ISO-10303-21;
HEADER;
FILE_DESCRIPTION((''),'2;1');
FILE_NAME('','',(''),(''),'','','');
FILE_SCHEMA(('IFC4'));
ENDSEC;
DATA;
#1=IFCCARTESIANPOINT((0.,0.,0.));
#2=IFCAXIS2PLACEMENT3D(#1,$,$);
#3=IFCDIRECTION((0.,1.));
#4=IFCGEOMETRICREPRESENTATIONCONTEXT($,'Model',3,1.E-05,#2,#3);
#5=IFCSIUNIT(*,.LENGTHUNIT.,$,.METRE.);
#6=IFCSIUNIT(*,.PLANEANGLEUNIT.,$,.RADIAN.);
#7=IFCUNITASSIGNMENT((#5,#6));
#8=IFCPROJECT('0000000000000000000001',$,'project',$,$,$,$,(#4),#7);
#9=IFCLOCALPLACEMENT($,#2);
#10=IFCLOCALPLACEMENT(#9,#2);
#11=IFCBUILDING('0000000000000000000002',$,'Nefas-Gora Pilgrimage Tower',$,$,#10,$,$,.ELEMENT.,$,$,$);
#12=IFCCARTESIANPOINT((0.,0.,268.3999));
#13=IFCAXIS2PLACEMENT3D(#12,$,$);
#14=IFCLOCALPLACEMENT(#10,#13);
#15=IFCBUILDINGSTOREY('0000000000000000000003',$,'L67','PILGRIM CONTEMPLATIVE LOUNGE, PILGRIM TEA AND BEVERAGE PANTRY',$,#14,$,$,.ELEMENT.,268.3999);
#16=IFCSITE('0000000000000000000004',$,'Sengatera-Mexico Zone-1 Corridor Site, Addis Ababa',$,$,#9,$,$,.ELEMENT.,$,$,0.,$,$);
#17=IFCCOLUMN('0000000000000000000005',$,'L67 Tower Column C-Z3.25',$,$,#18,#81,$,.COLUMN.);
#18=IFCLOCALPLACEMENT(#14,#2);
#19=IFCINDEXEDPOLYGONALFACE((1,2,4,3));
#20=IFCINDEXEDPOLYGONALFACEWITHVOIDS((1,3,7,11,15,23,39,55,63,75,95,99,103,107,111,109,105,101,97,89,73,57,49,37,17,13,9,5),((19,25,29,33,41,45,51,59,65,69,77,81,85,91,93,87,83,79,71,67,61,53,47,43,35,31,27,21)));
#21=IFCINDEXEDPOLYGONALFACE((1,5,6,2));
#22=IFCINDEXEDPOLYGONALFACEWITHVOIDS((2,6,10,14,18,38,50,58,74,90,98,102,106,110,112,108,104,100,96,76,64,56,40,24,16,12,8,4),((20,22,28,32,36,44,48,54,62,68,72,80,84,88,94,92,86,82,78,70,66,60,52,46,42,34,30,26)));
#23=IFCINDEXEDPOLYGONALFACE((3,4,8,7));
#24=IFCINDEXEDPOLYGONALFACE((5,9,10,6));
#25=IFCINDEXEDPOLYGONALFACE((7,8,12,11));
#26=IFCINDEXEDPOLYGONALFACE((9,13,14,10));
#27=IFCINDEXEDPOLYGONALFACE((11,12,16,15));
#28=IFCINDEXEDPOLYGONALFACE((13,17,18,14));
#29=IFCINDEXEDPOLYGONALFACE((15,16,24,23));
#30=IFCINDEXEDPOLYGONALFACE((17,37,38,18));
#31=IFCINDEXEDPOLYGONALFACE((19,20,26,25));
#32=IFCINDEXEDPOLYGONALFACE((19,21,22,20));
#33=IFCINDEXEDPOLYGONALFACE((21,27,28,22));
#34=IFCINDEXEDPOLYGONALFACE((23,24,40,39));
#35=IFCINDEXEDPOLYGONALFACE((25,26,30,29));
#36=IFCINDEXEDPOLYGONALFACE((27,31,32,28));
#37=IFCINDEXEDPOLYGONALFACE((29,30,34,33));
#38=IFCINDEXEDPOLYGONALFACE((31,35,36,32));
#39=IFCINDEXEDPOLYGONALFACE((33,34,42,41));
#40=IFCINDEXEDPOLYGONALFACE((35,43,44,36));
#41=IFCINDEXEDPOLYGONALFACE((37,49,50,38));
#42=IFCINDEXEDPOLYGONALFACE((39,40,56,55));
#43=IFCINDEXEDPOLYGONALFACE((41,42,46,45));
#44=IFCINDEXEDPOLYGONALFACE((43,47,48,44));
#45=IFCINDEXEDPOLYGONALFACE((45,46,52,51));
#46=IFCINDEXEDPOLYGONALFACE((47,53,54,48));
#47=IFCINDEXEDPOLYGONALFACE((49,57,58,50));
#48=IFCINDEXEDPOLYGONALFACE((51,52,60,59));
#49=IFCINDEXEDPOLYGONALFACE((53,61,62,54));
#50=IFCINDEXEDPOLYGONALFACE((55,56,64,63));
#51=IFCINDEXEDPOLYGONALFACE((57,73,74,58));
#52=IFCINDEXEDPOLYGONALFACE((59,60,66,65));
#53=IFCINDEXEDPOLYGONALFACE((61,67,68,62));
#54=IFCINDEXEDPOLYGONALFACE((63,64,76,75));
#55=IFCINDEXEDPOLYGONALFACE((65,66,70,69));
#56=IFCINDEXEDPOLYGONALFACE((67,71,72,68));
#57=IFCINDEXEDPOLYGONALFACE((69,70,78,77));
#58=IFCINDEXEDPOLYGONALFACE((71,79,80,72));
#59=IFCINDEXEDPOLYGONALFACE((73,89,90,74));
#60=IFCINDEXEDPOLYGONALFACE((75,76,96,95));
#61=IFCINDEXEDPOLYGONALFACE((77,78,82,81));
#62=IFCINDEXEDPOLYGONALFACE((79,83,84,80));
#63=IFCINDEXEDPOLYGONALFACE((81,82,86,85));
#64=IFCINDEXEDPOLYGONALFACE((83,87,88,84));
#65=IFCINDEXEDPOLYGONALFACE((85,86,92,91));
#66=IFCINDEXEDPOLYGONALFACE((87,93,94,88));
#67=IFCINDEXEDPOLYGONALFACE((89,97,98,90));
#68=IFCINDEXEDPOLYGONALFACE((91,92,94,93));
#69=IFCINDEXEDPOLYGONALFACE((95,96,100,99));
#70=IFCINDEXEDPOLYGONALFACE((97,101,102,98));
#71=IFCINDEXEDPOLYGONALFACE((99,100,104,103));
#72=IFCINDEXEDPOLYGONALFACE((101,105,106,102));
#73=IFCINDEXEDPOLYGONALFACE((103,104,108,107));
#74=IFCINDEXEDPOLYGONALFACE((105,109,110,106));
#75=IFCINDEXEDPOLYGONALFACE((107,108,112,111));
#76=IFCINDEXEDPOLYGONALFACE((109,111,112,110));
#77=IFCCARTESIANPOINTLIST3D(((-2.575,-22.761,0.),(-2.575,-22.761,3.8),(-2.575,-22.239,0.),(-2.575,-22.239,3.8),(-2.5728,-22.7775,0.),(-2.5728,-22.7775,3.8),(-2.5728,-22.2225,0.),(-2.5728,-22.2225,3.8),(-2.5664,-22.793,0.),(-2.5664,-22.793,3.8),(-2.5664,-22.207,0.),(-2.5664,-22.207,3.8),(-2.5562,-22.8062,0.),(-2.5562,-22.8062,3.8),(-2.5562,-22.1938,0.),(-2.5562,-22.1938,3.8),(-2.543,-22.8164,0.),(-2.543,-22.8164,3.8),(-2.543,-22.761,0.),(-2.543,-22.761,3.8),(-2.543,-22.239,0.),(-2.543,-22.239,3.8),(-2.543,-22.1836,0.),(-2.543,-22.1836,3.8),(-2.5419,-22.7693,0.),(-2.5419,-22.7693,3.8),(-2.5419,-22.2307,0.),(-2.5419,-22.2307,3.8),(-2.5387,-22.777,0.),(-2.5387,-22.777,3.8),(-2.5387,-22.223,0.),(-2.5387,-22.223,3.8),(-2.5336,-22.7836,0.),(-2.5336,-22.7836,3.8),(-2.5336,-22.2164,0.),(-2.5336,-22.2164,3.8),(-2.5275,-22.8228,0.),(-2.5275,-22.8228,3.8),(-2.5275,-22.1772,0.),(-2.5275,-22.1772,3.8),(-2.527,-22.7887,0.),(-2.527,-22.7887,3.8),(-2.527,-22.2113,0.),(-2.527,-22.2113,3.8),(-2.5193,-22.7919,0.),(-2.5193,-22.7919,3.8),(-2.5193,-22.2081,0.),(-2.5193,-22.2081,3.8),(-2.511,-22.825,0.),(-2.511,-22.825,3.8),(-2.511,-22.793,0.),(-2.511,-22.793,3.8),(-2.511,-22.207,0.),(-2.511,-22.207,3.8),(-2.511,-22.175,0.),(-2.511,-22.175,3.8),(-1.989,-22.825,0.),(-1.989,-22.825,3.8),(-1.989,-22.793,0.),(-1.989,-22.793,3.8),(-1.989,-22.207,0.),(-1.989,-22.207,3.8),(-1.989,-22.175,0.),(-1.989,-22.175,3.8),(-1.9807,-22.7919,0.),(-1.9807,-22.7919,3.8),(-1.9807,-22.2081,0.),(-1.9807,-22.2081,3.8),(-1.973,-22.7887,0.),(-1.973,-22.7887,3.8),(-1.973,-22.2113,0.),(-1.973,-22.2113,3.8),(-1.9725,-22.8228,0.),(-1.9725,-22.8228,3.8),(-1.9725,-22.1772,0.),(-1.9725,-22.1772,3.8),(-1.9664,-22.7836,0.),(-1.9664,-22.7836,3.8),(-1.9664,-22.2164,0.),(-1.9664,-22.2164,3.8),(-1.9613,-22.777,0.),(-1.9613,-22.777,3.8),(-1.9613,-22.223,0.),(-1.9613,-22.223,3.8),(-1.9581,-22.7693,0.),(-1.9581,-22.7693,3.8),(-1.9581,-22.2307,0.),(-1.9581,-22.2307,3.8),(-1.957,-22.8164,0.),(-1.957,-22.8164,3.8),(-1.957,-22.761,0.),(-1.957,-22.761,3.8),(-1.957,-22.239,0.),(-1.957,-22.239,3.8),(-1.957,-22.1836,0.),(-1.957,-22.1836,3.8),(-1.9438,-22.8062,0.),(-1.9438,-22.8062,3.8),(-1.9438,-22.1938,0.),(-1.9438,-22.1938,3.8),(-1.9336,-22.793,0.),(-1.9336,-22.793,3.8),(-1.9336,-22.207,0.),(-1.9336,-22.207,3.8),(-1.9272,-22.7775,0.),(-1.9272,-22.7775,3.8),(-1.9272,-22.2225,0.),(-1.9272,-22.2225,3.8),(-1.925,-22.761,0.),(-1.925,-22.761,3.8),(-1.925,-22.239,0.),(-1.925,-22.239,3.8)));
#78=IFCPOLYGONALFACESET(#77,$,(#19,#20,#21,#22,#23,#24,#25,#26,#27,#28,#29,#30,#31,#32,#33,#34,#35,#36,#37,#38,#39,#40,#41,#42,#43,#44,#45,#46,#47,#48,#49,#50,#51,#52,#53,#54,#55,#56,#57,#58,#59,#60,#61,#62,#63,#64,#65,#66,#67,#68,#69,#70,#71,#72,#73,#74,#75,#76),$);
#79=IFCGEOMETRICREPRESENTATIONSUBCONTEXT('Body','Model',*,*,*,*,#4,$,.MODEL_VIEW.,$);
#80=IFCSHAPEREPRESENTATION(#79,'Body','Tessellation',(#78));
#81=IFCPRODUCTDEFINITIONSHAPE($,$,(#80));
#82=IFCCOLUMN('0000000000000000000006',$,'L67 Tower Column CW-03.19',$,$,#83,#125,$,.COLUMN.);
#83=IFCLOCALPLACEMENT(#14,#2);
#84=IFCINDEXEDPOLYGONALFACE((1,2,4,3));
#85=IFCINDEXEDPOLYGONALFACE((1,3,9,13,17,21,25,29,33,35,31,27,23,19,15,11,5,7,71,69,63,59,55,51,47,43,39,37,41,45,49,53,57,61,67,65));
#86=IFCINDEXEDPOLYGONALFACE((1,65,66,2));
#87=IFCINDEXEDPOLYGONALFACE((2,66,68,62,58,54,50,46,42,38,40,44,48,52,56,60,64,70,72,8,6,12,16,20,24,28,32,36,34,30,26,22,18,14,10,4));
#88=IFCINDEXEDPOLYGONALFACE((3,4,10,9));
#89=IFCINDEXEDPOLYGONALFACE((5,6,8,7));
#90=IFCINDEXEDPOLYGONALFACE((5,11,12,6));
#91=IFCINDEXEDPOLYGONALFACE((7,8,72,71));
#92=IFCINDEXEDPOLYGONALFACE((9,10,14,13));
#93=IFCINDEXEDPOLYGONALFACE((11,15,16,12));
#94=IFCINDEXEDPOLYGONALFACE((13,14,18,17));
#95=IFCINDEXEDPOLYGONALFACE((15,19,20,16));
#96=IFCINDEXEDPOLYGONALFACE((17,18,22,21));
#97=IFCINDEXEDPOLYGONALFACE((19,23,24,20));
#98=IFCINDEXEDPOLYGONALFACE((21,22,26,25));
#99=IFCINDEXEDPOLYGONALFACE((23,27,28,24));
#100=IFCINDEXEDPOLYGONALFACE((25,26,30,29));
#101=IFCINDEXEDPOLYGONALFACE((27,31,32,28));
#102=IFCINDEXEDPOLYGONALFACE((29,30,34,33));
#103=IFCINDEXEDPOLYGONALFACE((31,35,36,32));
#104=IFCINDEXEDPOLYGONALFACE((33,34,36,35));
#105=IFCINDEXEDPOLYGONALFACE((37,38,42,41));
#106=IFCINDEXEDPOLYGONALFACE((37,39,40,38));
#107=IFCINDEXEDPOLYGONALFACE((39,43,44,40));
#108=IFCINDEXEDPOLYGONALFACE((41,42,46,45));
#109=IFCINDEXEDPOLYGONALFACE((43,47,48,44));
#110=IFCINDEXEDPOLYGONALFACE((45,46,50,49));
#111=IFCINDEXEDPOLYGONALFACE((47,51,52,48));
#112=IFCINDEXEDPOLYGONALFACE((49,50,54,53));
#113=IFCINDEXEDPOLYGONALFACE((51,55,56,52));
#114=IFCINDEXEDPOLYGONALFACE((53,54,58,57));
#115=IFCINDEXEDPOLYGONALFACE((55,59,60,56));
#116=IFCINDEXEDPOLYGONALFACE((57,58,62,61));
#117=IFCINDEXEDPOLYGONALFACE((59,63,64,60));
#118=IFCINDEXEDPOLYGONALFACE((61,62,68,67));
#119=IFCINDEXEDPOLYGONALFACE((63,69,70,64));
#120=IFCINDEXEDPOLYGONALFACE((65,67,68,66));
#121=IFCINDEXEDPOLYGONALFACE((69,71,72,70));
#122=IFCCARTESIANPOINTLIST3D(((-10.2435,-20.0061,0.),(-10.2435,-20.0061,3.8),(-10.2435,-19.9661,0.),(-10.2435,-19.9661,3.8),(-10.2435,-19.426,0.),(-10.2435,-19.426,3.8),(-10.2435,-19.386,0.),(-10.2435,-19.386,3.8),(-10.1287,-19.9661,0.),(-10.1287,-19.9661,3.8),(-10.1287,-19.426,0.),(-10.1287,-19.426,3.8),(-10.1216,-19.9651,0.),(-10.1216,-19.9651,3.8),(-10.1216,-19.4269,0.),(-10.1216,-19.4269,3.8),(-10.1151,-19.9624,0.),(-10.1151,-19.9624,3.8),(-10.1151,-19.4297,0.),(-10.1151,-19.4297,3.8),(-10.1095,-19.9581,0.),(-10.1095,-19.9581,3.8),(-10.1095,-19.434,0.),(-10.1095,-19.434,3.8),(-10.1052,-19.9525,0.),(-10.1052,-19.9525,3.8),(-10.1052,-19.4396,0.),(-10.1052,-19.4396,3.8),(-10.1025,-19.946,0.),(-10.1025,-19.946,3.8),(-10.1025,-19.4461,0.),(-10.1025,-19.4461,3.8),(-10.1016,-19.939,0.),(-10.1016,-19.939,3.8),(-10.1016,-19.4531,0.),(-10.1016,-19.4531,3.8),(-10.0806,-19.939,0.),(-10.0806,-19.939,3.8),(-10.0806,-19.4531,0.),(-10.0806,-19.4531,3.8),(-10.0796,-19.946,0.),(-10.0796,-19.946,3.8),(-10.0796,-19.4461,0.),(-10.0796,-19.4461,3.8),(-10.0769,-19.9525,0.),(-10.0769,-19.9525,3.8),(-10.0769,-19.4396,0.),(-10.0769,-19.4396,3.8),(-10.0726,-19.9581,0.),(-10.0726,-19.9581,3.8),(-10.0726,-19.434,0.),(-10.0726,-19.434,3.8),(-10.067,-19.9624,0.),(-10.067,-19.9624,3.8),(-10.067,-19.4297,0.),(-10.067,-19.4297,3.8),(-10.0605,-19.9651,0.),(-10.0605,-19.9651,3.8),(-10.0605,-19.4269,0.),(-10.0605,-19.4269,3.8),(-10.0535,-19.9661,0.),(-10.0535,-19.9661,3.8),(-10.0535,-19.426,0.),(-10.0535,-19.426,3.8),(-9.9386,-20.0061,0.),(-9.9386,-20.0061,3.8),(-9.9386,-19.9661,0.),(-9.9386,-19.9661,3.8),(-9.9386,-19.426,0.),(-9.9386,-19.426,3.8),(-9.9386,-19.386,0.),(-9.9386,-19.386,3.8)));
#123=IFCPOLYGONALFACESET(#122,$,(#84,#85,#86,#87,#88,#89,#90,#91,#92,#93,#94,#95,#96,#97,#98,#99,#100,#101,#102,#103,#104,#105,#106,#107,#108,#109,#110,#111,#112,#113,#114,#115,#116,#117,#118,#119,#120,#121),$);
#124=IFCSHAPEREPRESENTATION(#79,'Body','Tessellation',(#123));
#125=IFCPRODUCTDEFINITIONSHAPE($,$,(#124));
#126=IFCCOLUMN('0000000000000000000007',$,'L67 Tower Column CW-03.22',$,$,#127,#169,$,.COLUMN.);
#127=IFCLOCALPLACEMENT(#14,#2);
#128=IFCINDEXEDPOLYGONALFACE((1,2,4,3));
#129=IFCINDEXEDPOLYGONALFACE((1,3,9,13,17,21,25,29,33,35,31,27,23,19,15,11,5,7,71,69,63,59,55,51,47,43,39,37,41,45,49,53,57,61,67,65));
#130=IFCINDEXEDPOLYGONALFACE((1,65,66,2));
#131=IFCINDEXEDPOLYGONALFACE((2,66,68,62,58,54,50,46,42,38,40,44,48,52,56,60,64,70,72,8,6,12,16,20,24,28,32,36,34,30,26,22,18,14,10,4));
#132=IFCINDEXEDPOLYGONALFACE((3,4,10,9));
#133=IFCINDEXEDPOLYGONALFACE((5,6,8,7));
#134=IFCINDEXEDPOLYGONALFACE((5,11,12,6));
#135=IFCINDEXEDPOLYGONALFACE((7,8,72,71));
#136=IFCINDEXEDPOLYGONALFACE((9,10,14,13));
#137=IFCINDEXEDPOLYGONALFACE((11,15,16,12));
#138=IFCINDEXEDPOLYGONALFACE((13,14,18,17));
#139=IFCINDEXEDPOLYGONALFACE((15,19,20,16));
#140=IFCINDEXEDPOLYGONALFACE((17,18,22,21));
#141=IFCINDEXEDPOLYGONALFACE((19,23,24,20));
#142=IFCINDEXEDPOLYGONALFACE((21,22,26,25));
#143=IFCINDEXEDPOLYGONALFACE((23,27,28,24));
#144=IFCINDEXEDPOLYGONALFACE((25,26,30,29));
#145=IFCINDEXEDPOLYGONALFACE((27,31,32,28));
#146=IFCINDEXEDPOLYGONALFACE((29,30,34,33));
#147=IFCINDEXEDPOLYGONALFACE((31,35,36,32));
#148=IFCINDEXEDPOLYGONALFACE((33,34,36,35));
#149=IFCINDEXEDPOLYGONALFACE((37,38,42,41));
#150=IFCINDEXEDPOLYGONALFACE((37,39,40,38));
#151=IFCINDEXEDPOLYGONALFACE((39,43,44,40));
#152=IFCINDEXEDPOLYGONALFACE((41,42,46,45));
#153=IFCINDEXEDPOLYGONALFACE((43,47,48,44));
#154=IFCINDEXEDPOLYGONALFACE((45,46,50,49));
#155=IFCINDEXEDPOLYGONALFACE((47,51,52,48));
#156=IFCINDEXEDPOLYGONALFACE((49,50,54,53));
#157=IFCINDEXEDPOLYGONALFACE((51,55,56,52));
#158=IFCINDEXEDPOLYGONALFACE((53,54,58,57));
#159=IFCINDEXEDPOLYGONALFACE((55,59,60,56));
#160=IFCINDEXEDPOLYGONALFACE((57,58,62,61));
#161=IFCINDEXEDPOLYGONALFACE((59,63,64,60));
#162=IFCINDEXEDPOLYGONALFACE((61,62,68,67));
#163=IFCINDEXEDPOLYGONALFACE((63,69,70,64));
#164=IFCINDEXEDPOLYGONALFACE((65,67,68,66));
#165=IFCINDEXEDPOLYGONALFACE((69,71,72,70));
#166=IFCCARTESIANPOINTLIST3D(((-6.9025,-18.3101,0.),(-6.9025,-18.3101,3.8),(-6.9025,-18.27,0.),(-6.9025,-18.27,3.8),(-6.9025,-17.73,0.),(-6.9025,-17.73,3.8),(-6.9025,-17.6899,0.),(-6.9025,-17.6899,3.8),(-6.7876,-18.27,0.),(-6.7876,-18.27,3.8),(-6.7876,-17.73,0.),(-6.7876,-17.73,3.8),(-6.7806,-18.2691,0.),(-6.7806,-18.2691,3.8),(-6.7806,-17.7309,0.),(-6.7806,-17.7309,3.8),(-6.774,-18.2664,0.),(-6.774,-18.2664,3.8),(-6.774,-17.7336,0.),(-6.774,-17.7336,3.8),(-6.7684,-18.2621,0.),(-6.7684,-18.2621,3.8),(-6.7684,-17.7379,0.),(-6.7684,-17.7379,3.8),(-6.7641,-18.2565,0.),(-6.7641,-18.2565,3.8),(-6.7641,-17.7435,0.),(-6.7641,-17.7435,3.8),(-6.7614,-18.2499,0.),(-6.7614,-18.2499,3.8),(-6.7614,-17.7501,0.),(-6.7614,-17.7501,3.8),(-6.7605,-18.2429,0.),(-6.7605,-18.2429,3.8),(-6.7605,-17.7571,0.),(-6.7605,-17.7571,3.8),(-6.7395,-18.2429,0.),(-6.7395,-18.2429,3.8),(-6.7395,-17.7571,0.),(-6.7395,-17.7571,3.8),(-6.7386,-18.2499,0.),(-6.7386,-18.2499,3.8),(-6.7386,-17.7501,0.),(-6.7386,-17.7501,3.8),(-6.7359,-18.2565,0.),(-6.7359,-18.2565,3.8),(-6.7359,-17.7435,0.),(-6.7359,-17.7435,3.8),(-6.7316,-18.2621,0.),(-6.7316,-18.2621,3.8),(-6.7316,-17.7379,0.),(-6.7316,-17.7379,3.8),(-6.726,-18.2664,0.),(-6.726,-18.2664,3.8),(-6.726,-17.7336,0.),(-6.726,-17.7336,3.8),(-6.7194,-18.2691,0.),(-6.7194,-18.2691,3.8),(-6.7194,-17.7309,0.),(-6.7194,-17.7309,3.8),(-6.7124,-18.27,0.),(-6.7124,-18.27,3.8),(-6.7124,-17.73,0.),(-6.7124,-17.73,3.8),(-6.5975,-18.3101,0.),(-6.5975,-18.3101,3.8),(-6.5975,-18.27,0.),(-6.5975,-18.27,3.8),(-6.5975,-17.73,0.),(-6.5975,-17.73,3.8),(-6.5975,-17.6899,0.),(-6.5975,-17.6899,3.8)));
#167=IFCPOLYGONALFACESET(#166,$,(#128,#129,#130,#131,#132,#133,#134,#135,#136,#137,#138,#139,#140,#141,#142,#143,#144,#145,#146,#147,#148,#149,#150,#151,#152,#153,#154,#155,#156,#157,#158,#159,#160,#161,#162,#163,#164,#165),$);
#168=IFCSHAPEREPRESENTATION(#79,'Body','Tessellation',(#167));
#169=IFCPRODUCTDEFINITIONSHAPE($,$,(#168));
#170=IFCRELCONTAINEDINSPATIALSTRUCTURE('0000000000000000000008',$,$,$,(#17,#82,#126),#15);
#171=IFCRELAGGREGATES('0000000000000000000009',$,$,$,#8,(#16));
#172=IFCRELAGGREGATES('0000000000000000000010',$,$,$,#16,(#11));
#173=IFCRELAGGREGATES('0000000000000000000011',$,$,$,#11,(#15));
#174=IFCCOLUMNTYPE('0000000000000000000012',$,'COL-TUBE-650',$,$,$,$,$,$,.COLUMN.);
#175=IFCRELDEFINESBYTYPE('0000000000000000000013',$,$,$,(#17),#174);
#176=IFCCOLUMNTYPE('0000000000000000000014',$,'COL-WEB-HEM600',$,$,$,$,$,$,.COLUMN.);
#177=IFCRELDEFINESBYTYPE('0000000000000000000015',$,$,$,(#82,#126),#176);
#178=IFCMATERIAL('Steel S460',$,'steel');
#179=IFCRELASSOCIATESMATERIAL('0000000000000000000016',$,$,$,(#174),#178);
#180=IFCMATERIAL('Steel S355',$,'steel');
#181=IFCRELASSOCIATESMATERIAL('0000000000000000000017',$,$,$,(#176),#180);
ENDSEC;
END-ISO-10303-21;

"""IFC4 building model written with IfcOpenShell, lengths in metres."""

from ifc_helpers import new_model, si_unit, direction, frame, origin, origin_2d, place, context, subcontext, project, spatial, hollow_rectangle, i_section, extrude, source, transform, mapped, material, material_profile, profile_set, type_object, element, save


model = new_model("IFC4")

# Units and contexts
model_context = context("Model", 3, precision=1e-05, world=origin(), true_north=direction((0.0, 1.0)))
body_context = subcontext(model_context, "Body", "Model", "MODEL_VIEW")
ifc_project = project(units=[si_unit("LENGTHUNIT", "METRE"), si_unit("PLANEANGLEUNIT", "RADIAN")], contexts=[model_context])

# Site, building, storey
site_placement = place(None, origin())
site = spatial("IfcSite", under=ifc_project, at=site_placement, Name="Sengatera-Mexico Zone-1 Corridor Site, Addis Ababa", CompositionType="ELEMENT", RefElevation=0.0)
building_placement = place(site_placement, origin())
building = spatial("IfcBuilding", under=site, at=building_placement, Name="Nefas-Gora Pilgrimage Tower", CompositionType="ELEMENT")
storey_placement = place(building_placement, frame((0.0, 0.0, 268.3999)))
storey = spatial("IfcBuildingStorey", under=building, at=storey_placement, Name="L67", Description="PILGRIM CONTEMPLATIVE LOUNGE, PILGRIM TEA AND BEVERAGE PANTRY", CompositionType="ELEMENT", Elevation=268.3999)

# Columns
ifc_material_1 = material(Name="Steel S460", Category="steel")
ifc_material_profile_1 = material_profile(ifc_material_1, hollow_rectangle(XDim=0.6499, YDim=0.6499, WallThickness=0.032, InnerFilletRadius=0.032, OuterFilletRadius=0.064, at=origin_2d()), Name="BOX 650x650x32")
ifc_profile_set_1 = profile_set([ifc_material_profile_1], Name="Steel S460")
column_type_1 = type_object("IfcColumnType", Name="COL-TUBE-650", PredefinedType="COLUMN", material=ifc_profile_set_1)
shared_shape_1 = source(origin(), body_context, "Body", "SweptSolid", [
    extrude(hollow_rectangle(XDim=0.6499, YDim=0.6499, WallThickness=0.032, InnerFilletRadius=0.032, OuterFilletRadius=0.064, at=origin_2d()), origin(), (0.0, 0.0, 1.0), 3.8),
])
for number, where, z_axis, x_axis, name in (
    (1, (-2.25, -22.5, 0.0), (0.0, 0.0, 1.0), (1.0, 0.0, 0.0), "L67 Tower Column C-Z3.25"),
):
    element("IfcColumn", number, at=place(storey_placement, frame(where, z_axis=z_axis, x_axis=x_axis)), inside=storey, type_object=column_type_1, Name=name, PredefinedType="COLUMN", context=body_context, shape_type="MappedRepresentation", body=[
        mapped(shared_shape_1, transform((0.0, 0.0, 0.0), x_axis=(1.0, 0.0, 0.0), y_axis=(0.0, 1.0, 0.0), z_axis=(0.0, 0.0, 1.0), scale=1.0)),
    ])
ifc_material_2 = material(Name="Steel S355", Category="steel")
ifc_material_profile_2 = material_profile(ifc_material_2, i_section(OverallWidth=0.3049, OverallDepth=0.6201, WebThickness=0.021, FlangeThickness=0.04, FilletRadius=0.0271, at=origin_2d()), Name="HEM 600")
ifc_profile_set_2 = profile_set([ifc_material_profile_2], Name="Steel S355")
column_type_2 = type_object("IfcColumnType", Name="COL-WEB-HEM600", PredefinedType="COLUMN", material=ifc_profile_set_2)
shared_shape_2 = source(origin(), body_context, "Body", "SweptSolid", [
    extrude(i_section(OverallWidth=0.3049, OverallDepth=0.6201, WebThickness=0.021, FlangeThickness=0.04, FilletRadius=0.0271, at=origin_2d()), origin(), (0.0, 0.0, 1.0), 3.8),
])
for number, where, z_axis, x_axis, name in (
    (2, (-10.0911, -19.696, 0.0), (0.0, 0.0, 1.0), (1.0, 0.0, 0.0), "L67 Tower Column CW-03.19"),
    (3, (-6.75, -18.0, 0.0), (0.0, 0.0, 1.0), (1.0, 0.0, 0.0), "L67 Tower Column CW-03.22"),
):
    element("IfcColumn", number, at=place(storey_placement, frame(where, z_axis=z_axis, x_axis=x_axis)), inside=storey, type_object=column_type_2, Name=name, PredefinedType="COLUMN", context=body_context, shape_type="MappedRepresentation", body=[
        mapped(shared_shape_2, transform((0.0, 0.0, 0.0), x_axis=(1.0, 0.0, 0.0), y_axis=(0.0, 1.0, 0.0), z_axis=(0.0, 0.0, 1.0), scale=1.0)),
    ])

save(model, "model.ifc")
